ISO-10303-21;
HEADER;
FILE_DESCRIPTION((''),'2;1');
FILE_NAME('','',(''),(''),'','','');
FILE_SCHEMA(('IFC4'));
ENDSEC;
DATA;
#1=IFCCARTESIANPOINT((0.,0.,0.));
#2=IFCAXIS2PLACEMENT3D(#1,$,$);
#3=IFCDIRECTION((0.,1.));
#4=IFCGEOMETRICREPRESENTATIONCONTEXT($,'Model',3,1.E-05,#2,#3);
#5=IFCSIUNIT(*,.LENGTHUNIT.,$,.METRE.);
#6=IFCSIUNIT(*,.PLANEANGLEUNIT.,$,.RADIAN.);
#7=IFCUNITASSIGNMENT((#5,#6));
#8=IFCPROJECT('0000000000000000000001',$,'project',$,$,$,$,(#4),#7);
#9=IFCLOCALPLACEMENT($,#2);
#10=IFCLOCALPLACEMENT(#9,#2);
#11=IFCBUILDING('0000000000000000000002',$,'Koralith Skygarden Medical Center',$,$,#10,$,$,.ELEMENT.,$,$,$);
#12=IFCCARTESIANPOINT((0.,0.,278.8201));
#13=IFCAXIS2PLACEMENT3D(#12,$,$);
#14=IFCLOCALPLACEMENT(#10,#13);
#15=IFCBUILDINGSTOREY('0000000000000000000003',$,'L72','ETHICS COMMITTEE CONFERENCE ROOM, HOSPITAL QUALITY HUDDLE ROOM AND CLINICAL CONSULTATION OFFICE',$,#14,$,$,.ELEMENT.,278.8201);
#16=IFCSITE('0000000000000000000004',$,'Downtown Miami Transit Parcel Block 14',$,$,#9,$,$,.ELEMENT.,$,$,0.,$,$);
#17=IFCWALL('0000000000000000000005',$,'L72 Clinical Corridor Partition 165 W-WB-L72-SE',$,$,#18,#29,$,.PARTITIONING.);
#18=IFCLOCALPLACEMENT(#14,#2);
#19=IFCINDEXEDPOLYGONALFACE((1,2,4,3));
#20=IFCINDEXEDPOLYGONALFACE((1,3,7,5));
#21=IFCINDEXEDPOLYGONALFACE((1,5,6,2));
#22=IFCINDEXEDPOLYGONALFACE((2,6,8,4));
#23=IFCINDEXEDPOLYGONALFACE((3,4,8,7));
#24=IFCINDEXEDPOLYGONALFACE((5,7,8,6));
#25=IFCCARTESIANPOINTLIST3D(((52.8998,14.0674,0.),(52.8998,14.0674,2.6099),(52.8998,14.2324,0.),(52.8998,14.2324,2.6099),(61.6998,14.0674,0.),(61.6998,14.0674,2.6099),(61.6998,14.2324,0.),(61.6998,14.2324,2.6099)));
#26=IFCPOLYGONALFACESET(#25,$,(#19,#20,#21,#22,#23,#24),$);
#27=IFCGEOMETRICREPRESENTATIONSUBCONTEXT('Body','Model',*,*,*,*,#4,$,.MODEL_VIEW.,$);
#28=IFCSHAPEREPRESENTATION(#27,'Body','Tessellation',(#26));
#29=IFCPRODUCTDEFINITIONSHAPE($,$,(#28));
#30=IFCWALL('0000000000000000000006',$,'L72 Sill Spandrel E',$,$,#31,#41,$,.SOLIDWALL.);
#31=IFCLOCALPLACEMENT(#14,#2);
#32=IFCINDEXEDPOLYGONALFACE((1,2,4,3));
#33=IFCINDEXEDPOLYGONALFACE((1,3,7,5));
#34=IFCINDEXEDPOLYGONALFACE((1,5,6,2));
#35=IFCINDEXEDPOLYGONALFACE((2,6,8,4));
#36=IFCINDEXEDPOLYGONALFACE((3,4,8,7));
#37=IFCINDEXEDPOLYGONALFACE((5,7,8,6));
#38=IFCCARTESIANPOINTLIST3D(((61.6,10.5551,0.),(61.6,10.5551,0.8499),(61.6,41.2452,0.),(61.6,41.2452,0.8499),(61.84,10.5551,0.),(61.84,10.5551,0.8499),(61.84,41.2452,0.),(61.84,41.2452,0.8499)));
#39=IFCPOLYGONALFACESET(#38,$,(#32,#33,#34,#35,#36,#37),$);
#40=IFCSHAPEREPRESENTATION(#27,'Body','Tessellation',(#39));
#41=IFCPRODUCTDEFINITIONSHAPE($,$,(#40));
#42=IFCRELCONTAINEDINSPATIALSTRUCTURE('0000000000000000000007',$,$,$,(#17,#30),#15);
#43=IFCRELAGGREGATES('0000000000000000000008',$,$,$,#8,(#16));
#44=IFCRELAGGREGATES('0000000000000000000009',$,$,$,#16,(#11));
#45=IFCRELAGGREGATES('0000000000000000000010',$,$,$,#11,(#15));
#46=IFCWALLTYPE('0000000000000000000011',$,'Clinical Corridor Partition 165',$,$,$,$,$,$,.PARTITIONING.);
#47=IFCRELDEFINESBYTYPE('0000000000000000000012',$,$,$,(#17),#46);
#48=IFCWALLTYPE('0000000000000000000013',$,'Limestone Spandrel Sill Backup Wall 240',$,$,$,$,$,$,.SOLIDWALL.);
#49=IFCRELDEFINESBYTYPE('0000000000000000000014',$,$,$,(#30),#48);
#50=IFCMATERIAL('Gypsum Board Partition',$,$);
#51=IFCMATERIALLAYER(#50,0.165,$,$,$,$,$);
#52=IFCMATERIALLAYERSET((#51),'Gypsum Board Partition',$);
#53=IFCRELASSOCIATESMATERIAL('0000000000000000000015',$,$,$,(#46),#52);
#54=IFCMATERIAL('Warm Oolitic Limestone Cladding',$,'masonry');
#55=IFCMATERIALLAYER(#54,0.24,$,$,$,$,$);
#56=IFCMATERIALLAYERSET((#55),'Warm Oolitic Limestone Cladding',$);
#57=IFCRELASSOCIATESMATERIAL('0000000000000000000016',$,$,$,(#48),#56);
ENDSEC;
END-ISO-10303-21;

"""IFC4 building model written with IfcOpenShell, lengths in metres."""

from ifc_helpers import new_model, si_unit, direction, frame, frame_2d, origin, place, context, subcontext, project, spatial, rectangle, extrude, material, layer, layer_set, type_object, element, save


model = new_model("IFC4")

# Units and contexts
model_context = context("Model", 3, precision=1e-05, world=origin(), true_north=direction((0.0, 1.0)))
body_context = subcontext(model_context, "Body", "Model", "MODEL_VIEW")
ifc_project = project(units=[si_unit("LENGTHUNIT", "METRE"), si_unit("PLANEANGLEUNIT", "RADIAN")], contexts=[model_context])

# Site, building, storey
site_placement = place(None, origin())
site = spatial("IfcSite", under=ifc_project, at=site_placement, Name="Downtown Miami Transit Parcel Block 14", CompositionType="ELEMENT", RefElevation=0.0)
building_placement = place(site_placement, origin())
building = spatial("IfcBuilding", under=site, at=building_placement, Name="Koralith Skygarden Medical Center", CompositionType="ELEMENT")
storey_placement = place(building_placement, frame((0.0, 0.0, 278.8201)))
storey = spatial("IfcBuildingStorey", under=building, at=storey_placement, Name="L72", Description="ETHICS COMMITTEE CONFERENCE ROOM, HOSPITAL QUALITY HUDDLE ROOM AND CLINICAL CONSULTATION OFFICE", CompositionType="ELEMENT", Elevation=278.8201)

# Wall
ifc_material_1 = material(Name="Gypsum Board Partition")
ifc_layer_1 = layer(ifc_material_1, 0.165)
ifc_layer_set_1 = layer_set([ifc_layer_1], Name="Gypsum Board Partition")
wall_type_1 = type_object("IfcWallType", Name="Clinical Corridor Partition 165", PredefinedType="PARTITIONING", material=ifc_layer_set_1)
wall_1_placement = place(storey_placement, frame((52.8999, 14.1499, 0.0), z_axis=(0.0, 0.0, 1.0), x_axis=(1.0, 0.0, 0.0)))
element("IfcWall", 1, at=wall_1_placement, inside=storey, type_object=wall_type_1, Name="L72 Clinical Corridor Partition 165 W-WB-L72-SE", PredefinedType="PARTITIONING", context=body_context, shape_type="SweptSolid", body=[
    extrude(rectangle(XDim=8.8, YDim=0.165, at=frame_2d((4.3999, 0.0))), origin(), (0.0, 0.0, 1.0), 2.6099),
])

# Wall
ifc_material_2 = material(Name="Warm Oolitic Limestone Cladding", Category="masonry")
ifc_layer_2 = layer(ifc_material_2, 0.24)
ifc_layer_set_2 = layer_set([ifc_layer_2], Name="Warm Oolitic Limestone Cladding")
wall_type_2 = type_object("IfcWallType", Name="Limestone Spandrel Sill Backup Wall 240", PredefinedType="SOLIDWALL", material=ifc_layer_set_2)
wall_2_placement = place(storey_placement, frame((61.72, 10.5549, 0.0), z_axis=(0.0, 0.0, 1.0), x_axis=(0.0, 1.0, 0.0)))
element("IfcWall", 2, at=wall_2_placement, inside=storey, type_object=wall_type_2, Name="L72 Sill Spandrel E", PredefinedType="SOLIDWALL", context=body_context, shape_type="SweptSolid", body=[
    extrude(rectangle(XDim=30.6902, YDim=0.24, at=frame_2d((15.3452, 0.0))), origin(), (0.0, 0.0, 1.0), 0.8499),
])

save(model, "model.ifc")
